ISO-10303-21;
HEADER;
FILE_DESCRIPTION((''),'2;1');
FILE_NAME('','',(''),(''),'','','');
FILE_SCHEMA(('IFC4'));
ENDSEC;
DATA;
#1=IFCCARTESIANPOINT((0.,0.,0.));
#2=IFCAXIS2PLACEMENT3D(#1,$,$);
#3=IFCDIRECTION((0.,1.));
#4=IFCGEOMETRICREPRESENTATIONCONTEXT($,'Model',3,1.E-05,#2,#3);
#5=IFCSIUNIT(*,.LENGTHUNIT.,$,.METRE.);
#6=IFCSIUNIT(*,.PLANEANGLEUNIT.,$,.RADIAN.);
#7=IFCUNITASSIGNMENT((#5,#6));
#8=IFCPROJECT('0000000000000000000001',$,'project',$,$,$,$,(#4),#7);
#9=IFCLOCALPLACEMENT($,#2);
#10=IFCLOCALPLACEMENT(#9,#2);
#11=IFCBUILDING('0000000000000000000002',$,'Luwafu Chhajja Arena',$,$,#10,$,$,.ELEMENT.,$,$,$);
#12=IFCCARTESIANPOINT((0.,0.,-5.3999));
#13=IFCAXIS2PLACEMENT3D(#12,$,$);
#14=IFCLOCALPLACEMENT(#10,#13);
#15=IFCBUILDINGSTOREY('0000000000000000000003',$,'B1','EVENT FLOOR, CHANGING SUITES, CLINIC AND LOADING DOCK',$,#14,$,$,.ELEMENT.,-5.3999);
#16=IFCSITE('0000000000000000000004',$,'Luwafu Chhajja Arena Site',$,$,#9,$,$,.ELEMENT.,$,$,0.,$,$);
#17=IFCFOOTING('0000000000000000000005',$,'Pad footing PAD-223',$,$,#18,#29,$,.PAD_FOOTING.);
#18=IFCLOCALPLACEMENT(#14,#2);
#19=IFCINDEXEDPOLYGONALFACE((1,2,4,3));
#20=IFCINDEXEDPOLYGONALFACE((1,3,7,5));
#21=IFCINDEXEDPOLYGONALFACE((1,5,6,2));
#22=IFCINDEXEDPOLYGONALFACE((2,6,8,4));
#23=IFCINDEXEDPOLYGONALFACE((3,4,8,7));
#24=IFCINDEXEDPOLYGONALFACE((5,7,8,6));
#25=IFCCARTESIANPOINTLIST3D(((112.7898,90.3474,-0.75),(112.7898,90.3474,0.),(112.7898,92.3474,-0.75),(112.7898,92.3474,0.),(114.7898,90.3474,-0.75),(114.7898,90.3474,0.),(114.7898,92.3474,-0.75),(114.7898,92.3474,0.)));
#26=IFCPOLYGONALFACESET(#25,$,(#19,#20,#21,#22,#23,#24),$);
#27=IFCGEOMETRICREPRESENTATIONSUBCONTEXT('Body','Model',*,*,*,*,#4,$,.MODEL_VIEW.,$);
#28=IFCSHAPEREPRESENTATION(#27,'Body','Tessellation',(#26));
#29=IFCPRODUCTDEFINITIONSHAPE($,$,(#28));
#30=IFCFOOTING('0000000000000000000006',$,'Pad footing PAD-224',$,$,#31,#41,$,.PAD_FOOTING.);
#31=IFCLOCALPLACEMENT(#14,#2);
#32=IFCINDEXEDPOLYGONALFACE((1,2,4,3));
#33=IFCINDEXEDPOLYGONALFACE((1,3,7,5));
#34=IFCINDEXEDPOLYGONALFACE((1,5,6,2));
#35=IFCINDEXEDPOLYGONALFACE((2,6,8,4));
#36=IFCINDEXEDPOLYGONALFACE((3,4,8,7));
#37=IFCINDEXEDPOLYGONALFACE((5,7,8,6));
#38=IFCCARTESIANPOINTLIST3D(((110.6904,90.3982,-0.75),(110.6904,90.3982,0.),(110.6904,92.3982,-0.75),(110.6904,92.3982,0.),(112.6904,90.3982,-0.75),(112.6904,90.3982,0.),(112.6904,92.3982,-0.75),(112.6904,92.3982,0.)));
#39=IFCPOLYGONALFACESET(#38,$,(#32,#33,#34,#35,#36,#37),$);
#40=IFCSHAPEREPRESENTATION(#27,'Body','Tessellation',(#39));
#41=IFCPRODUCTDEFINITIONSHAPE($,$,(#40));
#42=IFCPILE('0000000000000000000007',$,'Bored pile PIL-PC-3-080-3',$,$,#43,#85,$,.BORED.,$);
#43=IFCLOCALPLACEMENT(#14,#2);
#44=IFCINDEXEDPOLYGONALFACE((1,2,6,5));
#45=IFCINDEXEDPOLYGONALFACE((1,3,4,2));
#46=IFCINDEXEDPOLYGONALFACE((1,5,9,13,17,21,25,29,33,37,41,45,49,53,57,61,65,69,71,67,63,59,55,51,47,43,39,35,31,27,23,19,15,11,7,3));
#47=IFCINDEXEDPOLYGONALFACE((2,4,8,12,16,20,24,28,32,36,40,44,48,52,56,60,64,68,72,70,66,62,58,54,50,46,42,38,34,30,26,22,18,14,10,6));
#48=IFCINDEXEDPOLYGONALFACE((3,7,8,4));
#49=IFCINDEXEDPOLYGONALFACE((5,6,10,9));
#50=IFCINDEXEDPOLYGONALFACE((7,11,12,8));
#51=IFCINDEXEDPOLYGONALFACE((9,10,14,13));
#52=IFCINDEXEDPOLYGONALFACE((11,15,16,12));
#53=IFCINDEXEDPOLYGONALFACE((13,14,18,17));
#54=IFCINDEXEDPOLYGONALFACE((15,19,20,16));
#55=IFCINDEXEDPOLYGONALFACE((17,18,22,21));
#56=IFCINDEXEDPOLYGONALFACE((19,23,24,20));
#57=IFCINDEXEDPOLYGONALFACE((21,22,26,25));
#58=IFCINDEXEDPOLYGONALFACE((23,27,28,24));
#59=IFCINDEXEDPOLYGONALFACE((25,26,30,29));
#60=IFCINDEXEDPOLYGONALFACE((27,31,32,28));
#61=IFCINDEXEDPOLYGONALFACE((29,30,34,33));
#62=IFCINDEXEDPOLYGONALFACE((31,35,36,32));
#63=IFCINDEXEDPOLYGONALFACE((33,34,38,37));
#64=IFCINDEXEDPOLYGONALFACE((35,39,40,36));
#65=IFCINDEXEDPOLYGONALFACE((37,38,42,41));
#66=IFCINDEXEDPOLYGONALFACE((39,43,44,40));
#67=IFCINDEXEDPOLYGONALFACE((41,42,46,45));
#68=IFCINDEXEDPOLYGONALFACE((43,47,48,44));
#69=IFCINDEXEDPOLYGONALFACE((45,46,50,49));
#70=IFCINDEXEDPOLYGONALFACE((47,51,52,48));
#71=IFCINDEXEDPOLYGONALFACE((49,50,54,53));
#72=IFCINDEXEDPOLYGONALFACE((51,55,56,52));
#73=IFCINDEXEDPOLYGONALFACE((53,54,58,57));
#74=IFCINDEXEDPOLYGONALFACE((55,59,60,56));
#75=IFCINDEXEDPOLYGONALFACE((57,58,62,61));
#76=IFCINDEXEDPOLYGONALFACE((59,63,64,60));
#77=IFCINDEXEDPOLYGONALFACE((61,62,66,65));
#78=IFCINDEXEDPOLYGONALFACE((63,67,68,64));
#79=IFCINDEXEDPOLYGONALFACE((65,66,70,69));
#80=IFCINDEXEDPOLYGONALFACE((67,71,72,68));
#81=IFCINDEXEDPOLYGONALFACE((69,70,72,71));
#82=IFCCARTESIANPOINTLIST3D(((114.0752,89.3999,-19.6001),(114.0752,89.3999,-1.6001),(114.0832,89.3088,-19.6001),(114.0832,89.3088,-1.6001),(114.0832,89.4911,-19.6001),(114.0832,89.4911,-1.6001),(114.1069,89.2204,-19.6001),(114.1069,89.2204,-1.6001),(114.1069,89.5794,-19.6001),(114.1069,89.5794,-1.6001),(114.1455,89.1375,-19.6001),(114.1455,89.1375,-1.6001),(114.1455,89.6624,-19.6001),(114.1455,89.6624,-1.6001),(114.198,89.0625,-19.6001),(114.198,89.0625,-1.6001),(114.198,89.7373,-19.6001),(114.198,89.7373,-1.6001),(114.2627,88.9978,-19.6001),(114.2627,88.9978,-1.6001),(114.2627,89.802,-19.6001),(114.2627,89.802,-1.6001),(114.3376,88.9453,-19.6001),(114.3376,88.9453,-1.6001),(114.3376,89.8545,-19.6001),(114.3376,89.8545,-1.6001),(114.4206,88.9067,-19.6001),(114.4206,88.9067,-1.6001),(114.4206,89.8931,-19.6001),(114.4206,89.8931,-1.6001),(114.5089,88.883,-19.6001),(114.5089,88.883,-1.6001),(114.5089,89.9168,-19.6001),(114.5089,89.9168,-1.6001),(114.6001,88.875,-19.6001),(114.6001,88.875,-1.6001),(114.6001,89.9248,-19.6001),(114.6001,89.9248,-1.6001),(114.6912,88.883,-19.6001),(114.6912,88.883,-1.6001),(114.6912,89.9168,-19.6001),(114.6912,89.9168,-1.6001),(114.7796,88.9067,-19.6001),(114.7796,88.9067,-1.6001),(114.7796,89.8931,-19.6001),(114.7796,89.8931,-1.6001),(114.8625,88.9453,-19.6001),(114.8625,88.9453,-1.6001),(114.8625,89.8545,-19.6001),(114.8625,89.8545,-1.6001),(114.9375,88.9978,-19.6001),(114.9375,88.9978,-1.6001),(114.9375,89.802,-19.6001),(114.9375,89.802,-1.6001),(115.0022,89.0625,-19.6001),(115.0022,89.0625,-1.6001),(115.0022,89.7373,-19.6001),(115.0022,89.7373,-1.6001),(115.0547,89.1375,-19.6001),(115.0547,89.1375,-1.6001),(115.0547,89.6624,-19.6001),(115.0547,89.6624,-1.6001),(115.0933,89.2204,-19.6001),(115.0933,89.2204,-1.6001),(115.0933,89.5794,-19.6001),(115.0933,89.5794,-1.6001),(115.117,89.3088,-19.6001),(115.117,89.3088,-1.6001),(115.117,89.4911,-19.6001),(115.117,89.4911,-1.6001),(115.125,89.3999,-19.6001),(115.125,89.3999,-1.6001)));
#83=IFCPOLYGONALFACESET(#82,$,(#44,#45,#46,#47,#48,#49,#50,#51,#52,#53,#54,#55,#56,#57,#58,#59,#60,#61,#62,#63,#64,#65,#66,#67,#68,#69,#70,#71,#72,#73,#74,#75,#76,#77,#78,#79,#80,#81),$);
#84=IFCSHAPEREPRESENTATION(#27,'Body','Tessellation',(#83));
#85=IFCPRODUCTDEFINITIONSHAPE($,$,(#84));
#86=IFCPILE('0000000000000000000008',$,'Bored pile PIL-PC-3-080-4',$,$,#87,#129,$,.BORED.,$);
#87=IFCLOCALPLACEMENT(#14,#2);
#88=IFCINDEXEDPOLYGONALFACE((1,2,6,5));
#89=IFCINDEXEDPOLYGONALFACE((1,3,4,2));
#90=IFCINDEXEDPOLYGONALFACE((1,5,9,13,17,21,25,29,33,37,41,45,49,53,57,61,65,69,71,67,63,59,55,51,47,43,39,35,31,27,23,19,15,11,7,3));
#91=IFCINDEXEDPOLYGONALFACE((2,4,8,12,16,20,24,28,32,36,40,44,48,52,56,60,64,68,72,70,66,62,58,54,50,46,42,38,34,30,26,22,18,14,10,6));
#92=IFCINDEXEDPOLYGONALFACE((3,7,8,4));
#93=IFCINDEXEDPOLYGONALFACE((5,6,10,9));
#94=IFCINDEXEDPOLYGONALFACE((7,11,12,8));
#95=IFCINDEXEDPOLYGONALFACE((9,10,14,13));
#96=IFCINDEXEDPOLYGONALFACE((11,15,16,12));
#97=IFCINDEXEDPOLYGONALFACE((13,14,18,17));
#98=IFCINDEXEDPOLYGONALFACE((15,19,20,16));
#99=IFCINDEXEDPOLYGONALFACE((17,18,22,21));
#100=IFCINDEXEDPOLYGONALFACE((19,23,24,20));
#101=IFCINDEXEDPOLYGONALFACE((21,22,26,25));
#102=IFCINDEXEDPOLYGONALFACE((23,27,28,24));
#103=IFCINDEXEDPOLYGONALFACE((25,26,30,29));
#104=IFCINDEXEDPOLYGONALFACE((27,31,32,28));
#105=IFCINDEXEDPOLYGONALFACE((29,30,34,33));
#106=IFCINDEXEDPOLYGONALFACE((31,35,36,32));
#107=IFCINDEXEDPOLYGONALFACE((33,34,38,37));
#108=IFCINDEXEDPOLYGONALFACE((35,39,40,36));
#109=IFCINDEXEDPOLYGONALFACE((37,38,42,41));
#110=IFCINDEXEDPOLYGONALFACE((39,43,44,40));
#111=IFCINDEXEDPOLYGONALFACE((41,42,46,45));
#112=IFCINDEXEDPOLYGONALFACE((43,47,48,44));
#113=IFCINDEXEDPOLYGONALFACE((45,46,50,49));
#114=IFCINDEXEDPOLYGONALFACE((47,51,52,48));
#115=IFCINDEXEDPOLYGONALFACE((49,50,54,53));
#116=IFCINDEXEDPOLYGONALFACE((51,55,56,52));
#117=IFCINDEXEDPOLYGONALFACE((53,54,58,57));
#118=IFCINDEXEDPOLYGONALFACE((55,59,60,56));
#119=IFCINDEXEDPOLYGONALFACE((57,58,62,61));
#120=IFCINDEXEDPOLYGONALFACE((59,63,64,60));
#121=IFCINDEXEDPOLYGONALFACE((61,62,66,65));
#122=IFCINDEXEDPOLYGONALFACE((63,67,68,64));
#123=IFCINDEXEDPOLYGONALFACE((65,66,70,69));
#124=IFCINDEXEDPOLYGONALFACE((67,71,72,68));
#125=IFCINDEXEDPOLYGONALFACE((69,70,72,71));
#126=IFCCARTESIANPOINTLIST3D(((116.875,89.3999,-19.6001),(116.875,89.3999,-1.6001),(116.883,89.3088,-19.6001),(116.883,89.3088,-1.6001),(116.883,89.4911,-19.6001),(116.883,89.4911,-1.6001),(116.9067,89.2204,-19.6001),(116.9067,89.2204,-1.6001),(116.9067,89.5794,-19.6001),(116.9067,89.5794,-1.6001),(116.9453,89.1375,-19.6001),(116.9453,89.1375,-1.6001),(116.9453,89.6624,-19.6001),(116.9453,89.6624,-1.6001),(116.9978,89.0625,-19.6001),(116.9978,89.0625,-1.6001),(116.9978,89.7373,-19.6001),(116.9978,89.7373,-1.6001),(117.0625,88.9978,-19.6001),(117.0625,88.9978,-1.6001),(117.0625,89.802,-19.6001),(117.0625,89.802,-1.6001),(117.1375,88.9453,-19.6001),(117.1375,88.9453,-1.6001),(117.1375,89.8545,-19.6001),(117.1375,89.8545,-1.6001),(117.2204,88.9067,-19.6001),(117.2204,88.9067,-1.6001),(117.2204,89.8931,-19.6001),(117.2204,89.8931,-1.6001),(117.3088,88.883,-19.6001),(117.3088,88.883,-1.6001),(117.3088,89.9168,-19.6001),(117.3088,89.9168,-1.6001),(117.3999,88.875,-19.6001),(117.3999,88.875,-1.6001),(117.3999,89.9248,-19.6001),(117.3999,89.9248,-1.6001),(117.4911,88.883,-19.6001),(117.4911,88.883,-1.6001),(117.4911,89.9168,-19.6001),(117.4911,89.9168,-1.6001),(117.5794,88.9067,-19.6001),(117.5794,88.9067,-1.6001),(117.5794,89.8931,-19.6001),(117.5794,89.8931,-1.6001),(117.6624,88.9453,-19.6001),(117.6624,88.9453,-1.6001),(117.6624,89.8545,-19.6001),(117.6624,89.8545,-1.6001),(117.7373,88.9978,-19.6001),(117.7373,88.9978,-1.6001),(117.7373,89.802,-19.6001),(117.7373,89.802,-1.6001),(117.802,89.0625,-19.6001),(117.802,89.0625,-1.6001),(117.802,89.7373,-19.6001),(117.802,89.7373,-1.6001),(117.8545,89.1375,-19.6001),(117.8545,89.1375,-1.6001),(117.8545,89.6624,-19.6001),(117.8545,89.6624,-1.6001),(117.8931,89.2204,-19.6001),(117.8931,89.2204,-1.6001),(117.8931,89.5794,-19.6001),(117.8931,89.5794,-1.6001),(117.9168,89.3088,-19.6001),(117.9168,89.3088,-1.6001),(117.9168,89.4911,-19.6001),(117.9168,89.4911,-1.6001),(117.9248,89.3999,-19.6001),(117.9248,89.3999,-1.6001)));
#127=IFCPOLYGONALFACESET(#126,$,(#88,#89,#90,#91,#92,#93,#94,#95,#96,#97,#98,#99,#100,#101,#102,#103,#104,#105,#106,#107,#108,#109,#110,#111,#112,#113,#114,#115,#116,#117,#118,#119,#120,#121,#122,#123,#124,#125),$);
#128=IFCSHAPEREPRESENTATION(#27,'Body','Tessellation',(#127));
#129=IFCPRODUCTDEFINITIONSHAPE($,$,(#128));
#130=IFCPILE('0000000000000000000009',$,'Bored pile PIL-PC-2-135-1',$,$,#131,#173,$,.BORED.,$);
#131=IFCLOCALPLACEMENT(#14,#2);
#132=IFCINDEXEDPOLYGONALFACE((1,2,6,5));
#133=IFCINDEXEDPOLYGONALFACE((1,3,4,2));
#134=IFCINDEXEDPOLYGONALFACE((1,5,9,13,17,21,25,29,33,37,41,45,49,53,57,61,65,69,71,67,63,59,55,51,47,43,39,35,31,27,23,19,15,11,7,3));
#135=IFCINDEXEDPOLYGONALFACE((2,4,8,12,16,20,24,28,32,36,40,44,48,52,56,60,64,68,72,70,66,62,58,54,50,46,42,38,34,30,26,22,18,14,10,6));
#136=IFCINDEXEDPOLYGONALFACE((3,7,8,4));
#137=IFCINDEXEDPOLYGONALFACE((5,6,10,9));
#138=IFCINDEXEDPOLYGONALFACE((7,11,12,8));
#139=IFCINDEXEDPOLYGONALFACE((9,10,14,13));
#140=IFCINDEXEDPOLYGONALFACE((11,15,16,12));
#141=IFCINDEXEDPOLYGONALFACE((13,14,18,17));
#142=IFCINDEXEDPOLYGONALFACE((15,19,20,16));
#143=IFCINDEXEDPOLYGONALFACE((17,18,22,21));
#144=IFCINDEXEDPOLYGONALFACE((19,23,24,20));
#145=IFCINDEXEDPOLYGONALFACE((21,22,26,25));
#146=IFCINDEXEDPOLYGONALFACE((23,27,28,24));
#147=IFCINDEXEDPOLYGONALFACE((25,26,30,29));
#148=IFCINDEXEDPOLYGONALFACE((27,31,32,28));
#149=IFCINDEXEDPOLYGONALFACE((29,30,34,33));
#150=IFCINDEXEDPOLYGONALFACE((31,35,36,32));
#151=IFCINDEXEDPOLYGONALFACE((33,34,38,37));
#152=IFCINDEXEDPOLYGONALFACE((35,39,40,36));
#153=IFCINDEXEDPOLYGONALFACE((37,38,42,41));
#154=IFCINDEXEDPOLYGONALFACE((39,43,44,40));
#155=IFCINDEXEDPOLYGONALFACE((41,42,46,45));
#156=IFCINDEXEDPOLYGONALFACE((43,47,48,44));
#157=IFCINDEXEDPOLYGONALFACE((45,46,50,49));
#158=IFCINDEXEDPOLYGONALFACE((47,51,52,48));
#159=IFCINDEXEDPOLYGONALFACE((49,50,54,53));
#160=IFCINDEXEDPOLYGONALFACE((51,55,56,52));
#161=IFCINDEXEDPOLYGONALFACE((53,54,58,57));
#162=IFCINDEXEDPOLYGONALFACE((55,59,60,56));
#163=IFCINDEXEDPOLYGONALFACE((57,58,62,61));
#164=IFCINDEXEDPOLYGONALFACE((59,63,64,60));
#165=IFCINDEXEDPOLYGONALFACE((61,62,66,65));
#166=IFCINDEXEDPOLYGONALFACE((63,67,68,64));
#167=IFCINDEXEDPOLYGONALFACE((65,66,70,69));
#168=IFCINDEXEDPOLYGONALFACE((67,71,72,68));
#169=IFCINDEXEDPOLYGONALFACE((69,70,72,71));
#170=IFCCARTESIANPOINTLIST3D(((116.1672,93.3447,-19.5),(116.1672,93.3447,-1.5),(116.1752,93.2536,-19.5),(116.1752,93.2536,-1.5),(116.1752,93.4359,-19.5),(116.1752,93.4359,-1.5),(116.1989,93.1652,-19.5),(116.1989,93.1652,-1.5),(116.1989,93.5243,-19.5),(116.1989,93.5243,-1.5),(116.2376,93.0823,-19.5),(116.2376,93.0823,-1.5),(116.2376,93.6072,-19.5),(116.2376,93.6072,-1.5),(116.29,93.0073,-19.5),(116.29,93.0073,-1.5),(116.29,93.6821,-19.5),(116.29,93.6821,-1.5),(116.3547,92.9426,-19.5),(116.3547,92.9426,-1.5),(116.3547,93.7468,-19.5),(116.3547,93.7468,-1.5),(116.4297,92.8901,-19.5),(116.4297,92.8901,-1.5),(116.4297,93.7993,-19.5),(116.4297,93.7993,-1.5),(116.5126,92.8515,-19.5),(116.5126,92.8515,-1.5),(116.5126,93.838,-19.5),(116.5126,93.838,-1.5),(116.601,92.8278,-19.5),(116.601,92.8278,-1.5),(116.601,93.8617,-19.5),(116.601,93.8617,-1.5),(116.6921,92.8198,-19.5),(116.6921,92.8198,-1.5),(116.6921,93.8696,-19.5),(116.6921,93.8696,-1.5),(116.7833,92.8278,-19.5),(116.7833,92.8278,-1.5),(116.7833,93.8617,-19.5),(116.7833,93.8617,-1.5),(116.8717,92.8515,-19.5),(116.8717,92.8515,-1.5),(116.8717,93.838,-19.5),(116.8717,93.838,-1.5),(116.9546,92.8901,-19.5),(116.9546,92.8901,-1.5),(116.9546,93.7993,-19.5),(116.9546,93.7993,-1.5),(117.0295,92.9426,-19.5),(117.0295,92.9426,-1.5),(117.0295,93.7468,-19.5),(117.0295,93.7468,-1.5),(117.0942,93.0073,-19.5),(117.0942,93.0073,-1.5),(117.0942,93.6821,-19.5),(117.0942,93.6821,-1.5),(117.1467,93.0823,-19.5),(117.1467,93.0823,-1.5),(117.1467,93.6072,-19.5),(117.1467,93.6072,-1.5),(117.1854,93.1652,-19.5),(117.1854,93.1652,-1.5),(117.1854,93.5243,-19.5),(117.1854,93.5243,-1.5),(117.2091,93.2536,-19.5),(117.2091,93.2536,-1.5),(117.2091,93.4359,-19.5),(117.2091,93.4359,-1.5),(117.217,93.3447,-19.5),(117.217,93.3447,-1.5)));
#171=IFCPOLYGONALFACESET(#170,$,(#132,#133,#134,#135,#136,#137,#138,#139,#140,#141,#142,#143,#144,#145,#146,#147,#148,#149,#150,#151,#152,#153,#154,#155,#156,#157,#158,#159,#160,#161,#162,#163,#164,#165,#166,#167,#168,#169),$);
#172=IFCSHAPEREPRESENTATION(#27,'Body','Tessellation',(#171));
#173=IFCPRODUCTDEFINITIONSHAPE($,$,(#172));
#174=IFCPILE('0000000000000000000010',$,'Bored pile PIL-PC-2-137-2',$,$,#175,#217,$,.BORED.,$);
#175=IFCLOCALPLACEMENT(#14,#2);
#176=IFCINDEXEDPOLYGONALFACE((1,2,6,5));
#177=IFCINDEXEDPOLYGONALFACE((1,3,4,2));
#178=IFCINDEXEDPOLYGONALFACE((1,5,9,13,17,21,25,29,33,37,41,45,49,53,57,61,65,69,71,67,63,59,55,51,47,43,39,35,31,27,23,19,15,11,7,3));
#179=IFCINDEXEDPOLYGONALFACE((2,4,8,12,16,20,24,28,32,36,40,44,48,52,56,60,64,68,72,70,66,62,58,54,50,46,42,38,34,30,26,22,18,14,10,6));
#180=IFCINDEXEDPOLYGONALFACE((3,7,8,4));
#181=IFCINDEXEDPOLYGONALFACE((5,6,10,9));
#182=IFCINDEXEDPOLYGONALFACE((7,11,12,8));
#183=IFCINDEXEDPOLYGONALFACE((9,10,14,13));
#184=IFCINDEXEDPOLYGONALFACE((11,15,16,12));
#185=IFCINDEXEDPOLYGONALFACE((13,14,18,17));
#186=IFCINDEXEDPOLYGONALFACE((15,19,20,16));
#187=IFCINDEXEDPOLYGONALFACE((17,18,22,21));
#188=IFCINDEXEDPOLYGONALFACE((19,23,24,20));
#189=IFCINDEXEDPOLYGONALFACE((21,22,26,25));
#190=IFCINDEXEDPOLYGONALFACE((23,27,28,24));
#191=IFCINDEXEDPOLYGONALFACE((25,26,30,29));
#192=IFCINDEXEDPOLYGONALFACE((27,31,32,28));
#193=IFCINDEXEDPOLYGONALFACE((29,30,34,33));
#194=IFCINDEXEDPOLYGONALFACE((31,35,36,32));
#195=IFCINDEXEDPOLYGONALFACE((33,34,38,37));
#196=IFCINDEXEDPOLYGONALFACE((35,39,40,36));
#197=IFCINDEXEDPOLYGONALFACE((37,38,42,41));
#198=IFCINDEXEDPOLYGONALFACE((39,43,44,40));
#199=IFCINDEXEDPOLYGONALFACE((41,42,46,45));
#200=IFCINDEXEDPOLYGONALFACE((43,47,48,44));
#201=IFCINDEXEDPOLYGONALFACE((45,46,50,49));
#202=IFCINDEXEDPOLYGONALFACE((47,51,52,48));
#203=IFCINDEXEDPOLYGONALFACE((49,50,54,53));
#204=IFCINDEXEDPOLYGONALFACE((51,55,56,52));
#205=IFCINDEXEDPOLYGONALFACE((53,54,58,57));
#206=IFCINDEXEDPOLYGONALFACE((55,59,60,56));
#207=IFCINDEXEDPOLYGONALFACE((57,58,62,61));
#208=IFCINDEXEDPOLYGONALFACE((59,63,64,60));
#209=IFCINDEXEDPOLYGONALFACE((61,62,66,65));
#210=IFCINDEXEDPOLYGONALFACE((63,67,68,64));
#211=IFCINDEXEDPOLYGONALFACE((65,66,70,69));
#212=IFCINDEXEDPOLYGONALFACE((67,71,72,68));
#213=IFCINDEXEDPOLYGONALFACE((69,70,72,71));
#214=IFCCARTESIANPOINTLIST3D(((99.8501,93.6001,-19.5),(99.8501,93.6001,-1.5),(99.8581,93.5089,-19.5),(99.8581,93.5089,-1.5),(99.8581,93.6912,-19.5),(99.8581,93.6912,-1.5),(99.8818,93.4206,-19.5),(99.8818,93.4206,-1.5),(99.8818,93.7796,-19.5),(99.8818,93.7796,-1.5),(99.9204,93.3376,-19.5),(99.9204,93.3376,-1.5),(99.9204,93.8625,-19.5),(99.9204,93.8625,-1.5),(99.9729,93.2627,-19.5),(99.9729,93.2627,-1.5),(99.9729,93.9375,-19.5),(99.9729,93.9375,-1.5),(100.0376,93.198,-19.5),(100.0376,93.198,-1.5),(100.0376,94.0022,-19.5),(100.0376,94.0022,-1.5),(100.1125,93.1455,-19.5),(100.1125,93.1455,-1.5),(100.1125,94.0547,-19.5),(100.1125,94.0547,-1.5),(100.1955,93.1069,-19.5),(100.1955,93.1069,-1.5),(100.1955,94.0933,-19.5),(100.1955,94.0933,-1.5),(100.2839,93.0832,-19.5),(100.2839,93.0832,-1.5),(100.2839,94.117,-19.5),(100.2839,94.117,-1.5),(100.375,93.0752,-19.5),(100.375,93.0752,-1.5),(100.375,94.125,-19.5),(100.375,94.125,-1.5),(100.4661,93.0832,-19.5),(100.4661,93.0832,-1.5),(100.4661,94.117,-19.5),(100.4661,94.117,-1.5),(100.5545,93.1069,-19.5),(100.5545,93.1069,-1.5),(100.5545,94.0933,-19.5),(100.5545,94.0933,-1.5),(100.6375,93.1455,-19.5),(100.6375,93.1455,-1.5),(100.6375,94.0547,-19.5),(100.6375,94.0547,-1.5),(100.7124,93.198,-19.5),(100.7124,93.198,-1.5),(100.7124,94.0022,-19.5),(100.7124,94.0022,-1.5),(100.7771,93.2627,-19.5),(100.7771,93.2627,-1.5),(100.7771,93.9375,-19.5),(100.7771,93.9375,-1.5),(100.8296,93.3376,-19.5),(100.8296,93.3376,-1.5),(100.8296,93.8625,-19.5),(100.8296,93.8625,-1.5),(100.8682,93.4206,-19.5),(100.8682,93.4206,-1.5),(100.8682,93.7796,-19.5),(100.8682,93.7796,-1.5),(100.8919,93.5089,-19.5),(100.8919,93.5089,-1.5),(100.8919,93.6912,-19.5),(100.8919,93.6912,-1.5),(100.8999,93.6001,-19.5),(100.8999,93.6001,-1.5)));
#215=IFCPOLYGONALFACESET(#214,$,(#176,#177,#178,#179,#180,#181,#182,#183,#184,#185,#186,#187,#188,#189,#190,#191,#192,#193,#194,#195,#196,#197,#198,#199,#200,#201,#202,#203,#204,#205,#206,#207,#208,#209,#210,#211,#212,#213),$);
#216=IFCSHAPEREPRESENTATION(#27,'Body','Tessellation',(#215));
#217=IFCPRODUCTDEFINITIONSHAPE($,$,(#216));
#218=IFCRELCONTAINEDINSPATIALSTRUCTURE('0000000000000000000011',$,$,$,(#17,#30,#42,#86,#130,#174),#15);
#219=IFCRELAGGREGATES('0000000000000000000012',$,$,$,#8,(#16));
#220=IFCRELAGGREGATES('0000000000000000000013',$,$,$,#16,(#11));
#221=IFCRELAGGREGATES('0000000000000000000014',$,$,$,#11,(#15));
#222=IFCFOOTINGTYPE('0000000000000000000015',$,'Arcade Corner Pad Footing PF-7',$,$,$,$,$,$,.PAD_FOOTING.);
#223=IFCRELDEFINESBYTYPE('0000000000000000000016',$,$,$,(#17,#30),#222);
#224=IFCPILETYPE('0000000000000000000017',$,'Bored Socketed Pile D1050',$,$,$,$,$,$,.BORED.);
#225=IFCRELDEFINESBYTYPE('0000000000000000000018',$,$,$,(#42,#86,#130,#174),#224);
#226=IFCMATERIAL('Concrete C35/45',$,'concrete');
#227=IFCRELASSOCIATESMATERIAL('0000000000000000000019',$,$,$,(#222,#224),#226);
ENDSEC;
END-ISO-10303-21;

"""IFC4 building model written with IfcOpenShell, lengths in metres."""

from ifc_helpers import new_model, si_unit, direction, frame, origin, origin_2d, place, context, subcontext, project, spatial, rectangle, circle, extrude, material, material_profile, profile_set, type_object, element, save


model = new_model("IFC4")

# Units and contexts
model_context = context("Model", 3, precision=1e-05, world=origin(), true_north=direction((0.0, 1.0)))
body_context = subcontext(model_context, "Body", "Model", "MODEL_VIEW")
ifc_project = project(units=[si_unit("LENGTHUNIT", "METRE"), si_unit("PLANEANGLEUNIT", "RADIAN")], contexts=[model_context])

# Site, building, storey
site_placement = place(None, origin())
site = spatial("IfcSite", under=ifc_project, at=site_placement, Name="Luwafu Chhajja Arena Site", CompositionType="ELEMENT", RefElevation=0.0)
building_placement = place(site_placement, origin())
building = spatial("IfcBuilding", under=site, at=building_placement, Name="Luwafu Chhajja Arena", CompositionType="ELEMENT")
storey_placement = place(building_placement, frame((0.0, 0.0, -5.3999)))
storey = spatial("IfcBuildingStorey", under=building, at=storey_placement, Name="B1", Description="EVENT FLOOR, CHANGING SUITES, CLINIC AND LOADING DOCK", CompositionType="ELEMENT", Elevation=-5.3999)

# Footings
ifc_material_1 = material(Name="Concrete C35/45", Category="concrete")
footing_type_1 = type_object("IfcFootingType", Name="Arcade Corner Pad Footing PF-7", PredefinedType="PAD_FOOTING", material=ifc_material_1)
for number, where, z_axis, x_axis, name in (
    (1, (113.7898, 91.3474, -0.75), (0.0, 0.0, 1.0), (1.0, 0.0, 0.0), "Pad footing PAD-223"),
    (2, (111.6904, 91.3982, -0.75), (0.0, 0.0, 1.0), (1.0, 0.0, 0.0), "Pad footing PAD-224"),
):
    element("IfcFooting", number, at=place(storey_placement, frame(where, z_axis=z_axis, x_axis=x_axis)), inside=storey, type_object=footing_type_1, Name=name, PredefinedType="PAD_FOOTING", context=body_context, shape_type="SweptSolid", body=[
        extrude(rectangle(XDim=2.0, YDim=2.0, at=origin_2d()), origin(), (0.0, 0.0, 1.0), 0.75),
    ])

# Piles
ifc_material_profile_1 = material_profile(ifc_material_1, circle(Radius=0.5249, at=origin_2d()), Name="PILE D1050")
ifc_profile_set_1 = profile_set([ifc_material_profile_1], Name="Concrete C35/45")
pile_type_1 = type_object("IfcPileType", Name="Bored Socketed Pile D1050", PredefinedType="BORED", material=ifc_profile_set_1)
for number, where, z_axis, x_axis, name in (
    (3, (114.6001, 89.3999, -1.6001), (0.0, 0.0, -1.0), (1.0, 0.0, 0.0), "Bored pile PIL-PC-3-080-3"),
    (4, (117.3999, 89.3999, -1.6001), (0.0, 0.0, -1.0), (1.0, 0.0, 0.0), "Bored pile PIL-PC-3-080-4"),
    (5, (116.6921, 93.3447, -1.5), (0.0, 0.0, -1.0), (1.0, 0.0, 0.0), "Bored pile PIL-PC-2-135-1"),
    (6, (100.375, 93.6001, -1.5), (0.0, 0.0, -1.0), (1.0, 0.0, 0.0), "Bored pile PIL-PC-2-137-2"),
):
    element("IfcPile", number, at=place(storey_placement, frame(where, z_axis=z_axis, x_axis=x_axis)), inside=storey, type_object=pile_type_1, Name=name, PredefinedType="BORED", context=body_context, shape_type="SweptSolid", body=[
        extrude(circle(Radius=0.5249, at=origin_2d()), origin(), (0.0, 0.0, 1.0), 18.0),
    ])

save(model, "model.ifc")
